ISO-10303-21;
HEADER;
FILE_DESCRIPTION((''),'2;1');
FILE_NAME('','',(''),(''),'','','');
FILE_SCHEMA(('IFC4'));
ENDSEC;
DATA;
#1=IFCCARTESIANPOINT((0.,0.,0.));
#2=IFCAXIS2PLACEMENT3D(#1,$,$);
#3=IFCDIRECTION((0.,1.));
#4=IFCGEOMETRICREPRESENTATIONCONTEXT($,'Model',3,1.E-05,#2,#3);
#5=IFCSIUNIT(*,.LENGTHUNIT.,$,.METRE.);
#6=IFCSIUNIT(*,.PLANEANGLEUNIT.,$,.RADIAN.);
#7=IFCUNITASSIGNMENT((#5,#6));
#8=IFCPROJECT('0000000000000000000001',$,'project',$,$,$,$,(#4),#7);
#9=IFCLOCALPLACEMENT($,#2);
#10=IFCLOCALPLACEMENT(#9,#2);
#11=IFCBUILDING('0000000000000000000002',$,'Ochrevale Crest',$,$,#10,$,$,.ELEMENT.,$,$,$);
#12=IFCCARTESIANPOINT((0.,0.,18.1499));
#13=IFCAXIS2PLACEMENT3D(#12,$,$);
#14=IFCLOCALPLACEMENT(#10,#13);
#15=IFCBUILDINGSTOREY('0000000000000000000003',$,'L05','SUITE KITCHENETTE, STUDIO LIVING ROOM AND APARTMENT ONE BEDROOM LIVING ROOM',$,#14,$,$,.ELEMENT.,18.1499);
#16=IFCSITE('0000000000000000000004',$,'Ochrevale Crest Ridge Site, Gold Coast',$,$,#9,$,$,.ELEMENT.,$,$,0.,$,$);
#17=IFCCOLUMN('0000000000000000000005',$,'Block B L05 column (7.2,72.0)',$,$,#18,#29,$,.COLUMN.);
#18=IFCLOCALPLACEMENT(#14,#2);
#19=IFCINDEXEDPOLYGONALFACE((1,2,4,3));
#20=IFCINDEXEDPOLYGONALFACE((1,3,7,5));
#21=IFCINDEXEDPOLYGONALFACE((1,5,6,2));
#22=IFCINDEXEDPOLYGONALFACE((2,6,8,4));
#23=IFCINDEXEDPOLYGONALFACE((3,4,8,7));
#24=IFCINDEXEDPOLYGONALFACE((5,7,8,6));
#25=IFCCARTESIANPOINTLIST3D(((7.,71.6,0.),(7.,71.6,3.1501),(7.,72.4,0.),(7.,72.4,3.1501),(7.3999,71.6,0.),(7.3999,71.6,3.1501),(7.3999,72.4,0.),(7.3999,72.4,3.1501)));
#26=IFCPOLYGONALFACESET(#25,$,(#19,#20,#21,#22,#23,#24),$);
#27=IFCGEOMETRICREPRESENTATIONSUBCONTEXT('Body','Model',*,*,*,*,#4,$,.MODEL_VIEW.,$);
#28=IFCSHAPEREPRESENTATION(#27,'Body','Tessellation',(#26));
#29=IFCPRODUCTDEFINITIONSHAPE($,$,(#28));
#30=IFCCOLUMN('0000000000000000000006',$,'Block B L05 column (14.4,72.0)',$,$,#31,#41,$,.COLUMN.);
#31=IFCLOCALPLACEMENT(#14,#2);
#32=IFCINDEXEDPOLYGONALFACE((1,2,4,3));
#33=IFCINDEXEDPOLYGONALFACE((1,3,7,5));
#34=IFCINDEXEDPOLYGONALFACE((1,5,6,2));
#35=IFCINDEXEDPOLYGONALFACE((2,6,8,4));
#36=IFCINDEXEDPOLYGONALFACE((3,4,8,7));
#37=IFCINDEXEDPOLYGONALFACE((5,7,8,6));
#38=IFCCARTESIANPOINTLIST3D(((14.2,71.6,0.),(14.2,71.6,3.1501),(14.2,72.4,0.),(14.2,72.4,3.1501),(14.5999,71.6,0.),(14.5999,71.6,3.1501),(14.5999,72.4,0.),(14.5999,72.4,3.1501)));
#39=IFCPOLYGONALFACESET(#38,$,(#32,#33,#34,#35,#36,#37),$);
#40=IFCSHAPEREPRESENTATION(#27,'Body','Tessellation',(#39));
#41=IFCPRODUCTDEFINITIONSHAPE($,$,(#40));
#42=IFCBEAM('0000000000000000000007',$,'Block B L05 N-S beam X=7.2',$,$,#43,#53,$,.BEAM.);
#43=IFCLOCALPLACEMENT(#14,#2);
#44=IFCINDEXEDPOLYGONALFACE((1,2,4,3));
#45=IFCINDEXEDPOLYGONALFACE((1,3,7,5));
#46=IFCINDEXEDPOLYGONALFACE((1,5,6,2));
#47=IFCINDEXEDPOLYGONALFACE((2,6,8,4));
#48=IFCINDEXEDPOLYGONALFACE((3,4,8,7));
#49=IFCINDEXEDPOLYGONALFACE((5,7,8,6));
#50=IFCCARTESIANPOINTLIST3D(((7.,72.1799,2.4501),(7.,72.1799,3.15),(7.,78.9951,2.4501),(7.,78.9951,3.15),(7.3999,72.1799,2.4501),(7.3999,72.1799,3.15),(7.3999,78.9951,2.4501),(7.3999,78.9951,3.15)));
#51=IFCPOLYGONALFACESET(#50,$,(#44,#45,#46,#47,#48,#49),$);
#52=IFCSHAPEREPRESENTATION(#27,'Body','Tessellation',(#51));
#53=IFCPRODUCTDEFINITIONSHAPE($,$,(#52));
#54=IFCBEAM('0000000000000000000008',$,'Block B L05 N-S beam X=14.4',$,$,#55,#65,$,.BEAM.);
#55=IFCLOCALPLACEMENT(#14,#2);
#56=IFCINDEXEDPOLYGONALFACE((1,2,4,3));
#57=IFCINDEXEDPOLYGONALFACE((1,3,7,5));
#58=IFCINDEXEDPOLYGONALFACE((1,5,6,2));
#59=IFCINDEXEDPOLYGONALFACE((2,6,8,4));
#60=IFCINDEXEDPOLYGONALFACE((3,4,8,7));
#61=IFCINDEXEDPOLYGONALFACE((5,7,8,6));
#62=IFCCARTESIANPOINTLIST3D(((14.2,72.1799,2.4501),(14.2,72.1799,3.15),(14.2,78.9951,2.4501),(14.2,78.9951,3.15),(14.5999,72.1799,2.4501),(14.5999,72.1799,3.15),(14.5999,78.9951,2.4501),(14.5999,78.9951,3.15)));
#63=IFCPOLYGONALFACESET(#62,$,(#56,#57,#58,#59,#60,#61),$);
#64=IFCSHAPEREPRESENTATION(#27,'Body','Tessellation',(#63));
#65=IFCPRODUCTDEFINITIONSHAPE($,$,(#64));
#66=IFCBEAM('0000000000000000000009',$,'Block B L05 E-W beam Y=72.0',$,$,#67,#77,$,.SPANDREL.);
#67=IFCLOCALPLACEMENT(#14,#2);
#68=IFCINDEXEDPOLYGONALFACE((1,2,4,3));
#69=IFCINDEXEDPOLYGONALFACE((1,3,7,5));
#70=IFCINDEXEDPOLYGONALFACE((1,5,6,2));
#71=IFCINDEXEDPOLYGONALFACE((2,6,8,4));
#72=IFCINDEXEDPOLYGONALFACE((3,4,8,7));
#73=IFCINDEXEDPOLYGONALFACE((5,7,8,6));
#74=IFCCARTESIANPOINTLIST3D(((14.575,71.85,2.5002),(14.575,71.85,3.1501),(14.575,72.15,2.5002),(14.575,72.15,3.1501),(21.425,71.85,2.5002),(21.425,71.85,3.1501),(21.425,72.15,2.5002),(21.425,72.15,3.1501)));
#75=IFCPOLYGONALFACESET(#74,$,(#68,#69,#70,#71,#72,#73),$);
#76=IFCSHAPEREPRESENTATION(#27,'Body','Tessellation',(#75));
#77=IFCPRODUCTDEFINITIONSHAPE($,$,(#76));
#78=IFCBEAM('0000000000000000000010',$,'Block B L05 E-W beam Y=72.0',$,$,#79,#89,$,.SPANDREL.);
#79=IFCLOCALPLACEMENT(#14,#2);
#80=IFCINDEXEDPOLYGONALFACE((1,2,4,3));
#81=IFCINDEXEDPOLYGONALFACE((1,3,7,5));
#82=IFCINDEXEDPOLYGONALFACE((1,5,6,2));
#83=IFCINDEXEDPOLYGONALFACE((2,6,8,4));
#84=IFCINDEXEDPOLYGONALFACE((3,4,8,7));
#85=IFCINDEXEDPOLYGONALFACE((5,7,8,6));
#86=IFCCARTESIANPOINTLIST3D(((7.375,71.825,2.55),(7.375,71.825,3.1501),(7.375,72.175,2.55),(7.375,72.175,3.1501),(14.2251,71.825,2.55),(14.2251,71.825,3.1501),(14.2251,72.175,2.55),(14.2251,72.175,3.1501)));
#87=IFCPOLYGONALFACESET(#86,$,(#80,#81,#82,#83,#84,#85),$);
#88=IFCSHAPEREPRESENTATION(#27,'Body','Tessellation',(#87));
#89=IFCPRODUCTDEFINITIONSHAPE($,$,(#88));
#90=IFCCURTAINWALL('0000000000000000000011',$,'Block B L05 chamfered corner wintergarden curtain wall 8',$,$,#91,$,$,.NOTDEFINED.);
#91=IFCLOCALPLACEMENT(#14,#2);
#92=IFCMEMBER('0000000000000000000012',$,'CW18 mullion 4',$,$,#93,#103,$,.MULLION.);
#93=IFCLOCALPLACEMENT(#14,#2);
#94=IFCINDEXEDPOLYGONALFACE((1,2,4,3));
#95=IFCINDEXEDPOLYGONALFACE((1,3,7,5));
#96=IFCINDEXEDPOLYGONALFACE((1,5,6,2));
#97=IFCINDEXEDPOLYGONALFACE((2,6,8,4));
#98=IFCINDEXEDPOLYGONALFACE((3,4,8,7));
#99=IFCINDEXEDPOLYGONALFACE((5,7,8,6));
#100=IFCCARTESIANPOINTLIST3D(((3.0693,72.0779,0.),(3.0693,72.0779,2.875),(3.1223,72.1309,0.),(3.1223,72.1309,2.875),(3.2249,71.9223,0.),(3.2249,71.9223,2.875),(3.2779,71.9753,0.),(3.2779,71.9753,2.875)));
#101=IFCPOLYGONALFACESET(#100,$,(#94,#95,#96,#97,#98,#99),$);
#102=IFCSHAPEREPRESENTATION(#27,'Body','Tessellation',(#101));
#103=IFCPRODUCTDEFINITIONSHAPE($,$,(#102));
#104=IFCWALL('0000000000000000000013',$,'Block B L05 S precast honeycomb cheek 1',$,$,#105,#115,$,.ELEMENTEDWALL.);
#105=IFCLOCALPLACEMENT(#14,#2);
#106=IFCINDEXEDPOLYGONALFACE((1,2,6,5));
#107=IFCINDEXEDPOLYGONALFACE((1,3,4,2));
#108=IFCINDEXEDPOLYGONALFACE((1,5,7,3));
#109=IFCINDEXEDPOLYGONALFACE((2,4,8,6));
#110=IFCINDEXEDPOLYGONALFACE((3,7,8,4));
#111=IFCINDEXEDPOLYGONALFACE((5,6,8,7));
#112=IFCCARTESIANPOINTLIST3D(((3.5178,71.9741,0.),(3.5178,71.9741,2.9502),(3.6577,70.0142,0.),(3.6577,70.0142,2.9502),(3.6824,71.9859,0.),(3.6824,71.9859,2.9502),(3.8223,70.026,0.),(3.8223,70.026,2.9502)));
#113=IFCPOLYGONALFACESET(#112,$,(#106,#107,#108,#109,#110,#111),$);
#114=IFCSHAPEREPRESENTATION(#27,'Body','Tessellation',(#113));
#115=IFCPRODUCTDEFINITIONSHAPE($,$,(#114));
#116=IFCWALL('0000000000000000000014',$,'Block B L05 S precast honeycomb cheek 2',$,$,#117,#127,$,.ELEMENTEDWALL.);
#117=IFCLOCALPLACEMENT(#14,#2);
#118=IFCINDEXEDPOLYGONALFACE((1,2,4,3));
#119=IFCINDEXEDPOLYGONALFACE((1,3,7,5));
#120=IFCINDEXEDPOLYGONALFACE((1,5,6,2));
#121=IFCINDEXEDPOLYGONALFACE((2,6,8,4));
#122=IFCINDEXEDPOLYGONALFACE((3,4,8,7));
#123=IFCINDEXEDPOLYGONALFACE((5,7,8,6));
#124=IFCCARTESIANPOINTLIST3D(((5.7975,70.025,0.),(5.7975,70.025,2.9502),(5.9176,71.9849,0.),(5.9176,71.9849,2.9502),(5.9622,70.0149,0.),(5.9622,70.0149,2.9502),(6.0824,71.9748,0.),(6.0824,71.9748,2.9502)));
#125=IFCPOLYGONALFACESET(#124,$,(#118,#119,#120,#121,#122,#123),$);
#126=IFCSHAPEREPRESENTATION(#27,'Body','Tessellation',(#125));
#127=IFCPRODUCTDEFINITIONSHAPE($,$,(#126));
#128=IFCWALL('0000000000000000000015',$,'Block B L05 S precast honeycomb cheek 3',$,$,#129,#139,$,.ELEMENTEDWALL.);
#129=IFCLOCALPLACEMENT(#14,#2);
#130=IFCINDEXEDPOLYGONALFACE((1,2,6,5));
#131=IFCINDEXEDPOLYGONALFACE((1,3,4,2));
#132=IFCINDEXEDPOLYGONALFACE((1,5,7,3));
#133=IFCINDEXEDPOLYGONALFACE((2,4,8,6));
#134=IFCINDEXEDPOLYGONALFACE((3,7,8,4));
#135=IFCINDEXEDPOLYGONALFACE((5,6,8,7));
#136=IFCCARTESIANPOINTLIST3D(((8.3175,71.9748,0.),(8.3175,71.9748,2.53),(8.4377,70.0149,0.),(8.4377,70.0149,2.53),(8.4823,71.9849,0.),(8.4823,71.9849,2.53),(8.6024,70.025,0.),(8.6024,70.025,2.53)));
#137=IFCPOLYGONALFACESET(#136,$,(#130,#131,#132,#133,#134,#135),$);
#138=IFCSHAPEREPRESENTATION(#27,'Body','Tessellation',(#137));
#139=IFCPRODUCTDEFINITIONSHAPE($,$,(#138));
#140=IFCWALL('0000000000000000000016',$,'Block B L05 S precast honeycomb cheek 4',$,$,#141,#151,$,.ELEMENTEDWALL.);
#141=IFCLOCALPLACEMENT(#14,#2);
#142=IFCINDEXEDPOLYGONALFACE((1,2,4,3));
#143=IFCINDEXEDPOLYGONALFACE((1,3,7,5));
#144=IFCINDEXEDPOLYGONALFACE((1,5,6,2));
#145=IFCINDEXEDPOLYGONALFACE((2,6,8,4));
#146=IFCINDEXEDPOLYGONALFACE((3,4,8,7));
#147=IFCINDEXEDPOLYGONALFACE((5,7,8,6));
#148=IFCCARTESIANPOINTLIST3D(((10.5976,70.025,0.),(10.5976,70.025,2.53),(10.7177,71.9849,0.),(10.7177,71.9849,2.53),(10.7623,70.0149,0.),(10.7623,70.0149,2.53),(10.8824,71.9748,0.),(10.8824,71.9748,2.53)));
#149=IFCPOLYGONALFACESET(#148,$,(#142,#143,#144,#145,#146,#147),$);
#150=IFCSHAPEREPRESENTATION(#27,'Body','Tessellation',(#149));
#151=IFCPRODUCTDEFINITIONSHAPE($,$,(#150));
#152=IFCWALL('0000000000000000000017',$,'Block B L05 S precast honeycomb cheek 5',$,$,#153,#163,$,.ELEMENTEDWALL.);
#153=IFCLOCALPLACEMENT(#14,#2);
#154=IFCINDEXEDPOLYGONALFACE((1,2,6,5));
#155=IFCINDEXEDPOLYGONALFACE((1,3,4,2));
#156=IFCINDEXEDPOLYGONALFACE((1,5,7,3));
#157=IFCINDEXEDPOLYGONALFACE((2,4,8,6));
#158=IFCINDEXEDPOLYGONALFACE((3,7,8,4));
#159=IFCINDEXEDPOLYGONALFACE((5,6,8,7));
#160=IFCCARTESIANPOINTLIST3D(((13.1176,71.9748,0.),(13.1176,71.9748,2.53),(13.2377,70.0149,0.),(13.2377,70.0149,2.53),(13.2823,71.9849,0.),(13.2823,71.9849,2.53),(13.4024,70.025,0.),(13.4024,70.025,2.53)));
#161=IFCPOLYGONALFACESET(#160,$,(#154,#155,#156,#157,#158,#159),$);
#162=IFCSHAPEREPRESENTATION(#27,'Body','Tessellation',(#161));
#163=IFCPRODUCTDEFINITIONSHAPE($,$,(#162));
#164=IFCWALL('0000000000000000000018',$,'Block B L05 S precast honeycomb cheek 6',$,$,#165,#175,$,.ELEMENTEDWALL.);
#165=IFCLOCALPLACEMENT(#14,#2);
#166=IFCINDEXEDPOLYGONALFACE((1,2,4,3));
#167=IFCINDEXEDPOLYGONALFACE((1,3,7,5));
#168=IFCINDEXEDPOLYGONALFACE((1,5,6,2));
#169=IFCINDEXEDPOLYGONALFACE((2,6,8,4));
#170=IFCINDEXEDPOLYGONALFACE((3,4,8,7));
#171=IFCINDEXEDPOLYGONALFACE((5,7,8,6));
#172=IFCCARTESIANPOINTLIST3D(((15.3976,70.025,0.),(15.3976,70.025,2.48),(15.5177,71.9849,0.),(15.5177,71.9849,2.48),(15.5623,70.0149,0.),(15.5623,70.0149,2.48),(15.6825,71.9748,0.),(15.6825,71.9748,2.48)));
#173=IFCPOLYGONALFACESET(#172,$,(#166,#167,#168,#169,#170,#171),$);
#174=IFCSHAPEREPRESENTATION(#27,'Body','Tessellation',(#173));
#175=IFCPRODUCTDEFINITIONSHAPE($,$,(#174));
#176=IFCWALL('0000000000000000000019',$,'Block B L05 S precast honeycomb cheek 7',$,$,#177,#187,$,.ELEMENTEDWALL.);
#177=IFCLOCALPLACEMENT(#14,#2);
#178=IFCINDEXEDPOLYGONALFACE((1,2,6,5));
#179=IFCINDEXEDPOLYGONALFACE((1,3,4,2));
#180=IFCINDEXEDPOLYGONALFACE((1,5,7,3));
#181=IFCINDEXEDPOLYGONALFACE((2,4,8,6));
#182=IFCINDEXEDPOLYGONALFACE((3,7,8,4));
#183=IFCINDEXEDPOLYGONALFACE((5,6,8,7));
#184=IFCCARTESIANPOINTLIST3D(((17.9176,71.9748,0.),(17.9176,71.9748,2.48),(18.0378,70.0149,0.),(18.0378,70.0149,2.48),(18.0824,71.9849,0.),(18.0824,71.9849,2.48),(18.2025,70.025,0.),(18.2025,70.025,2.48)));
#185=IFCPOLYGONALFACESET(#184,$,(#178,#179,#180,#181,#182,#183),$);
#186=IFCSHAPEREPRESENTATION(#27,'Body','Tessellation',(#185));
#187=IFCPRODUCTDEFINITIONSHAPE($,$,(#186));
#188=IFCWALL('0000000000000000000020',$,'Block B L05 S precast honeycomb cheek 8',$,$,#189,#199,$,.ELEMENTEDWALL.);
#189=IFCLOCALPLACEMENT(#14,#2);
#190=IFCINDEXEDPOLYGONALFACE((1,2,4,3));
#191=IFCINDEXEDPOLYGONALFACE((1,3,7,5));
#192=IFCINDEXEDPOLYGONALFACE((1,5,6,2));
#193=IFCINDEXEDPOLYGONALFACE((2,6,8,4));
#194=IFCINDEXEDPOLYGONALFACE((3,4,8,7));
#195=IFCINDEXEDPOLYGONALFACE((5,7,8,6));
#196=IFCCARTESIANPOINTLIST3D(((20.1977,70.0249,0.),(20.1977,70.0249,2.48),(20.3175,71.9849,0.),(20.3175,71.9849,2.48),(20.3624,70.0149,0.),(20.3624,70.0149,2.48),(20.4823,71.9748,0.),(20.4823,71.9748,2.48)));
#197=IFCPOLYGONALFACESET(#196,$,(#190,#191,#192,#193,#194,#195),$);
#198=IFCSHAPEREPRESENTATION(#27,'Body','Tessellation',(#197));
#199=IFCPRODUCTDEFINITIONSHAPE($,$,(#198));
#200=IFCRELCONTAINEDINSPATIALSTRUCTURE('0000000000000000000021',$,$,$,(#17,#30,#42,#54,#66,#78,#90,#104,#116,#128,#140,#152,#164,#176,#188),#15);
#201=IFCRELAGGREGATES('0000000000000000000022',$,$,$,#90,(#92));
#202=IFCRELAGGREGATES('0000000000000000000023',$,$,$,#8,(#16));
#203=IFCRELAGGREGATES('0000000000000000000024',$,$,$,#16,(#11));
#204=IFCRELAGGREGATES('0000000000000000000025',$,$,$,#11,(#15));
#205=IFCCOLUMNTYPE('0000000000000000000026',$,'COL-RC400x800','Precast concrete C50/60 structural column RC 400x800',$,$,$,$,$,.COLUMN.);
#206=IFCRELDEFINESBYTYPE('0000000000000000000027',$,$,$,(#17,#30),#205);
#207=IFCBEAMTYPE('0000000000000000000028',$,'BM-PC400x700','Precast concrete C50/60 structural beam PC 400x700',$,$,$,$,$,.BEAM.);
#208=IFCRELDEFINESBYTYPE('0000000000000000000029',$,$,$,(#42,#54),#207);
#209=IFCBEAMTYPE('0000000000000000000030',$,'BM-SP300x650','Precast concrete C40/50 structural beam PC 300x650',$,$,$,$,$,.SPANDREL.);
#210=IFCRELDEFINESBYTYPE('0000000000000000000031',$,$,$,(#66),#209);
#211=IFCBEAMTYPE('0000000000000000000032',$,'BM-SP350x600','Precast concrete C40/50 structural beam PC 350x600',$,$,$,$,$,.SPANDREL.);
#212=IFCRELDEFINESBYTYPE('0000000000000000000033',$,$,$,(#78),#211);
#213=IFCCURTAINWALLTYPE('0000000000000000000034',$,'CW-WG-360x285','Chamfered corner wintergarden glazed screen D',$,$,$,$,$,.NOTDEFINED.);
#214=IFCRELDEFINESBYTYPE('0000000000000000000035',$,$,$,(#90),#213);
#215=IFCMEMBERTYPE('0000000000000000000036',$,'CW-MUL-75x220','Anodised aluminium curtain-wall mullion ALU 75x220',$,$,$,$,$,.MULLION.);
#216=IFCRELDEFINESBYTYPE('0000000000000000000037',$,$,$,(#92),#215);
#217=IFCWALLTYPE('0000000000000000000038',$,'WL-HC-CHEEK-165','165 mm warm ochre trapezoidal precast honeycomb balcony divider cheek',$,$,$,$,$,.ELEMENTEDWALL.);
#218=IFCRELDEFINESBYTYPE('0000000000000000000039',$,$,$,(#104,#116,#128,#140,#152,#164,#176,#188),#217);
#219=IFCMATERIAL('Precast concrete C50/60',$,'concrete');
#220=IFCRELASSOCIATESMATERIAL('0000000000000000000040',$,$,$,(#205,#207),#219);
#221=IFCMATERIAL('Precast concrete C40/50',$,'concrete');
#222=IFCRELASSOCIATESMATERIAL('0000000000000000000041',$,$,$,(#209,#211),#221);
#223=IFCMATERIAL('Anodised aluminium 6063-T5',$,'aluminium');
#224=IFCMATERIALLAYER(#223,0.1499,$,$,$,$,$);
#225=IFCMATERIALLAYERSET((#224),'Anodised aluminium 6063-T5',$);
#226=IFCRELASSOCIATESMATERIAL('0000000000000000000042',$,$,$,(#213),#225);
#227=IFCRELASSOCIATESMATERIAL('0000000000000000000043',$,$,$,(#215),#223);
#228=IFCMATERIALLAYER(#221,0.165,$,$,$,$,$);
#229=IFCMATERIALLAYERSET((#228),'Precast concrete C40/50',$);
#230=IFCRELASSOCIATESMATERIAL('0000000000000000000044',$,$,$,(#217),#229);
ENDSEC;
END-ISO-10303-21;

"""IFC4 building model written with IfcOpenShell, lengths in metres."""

from ifc_helpers import new_model, si_unit, direction, frame, frame_2d, origin, origin_2d, place, context, subcontext, project, spatial, rectangle, extrude, material, layer, layer_set, material_profile, profile_set, type_object, element, aggregate, save


model = new_model("IFC4")

# Units and contexts
model_context = context("Model", 3, precision=1e-05, world=origin(), true_north=direction((0.0, 1.0)))
body_context = subcontext(model_context, "Body", "Model", "MODEL_VIEW")
ifc_project = project(units=[si_unit("LENGTHUNIT", "METRE"), si_unit("PLANEANGLEUNIT", "RADIAN")], contexts=[model_context])

# Site, building, storey
site_placement = place(None, origin())
site = spatial("IfcSite", under=ifc_project, at=site_placement, Name="Ochrevale Crest Ridge Site, Gold Coast", CompositionType="ELEMENT", RefElevation=0.0)
building_placement = place(site_placement, origin())
building = spatial("IfcBuilding", under=site, at=building_placement, Name="Ochrevale Crest", CompositionType="ELEMENT")
storey_placement = place(building_placement, frame((0.0, 0.0, 18.1499)))
storey = spatial("IfcBuildingStorey", under=building, at=storey_placement, Name="L05", Description="SUITE KITCHENETTE, STUDIO LIVING ROOM AND APARTMENT ONE BEDROOM LIVING ROOM", CompositionType="ELEMENT", Elevation=18.1499)

# Columns
ifc_material_1 = material(Name="Precast concrete C50/60", Category="concrete")
ifc_material_profile_1 = material_profile(ifc_material_1, rectangle(XDim=0.3999, YDim=0.8, at=origin_2d()), Name="RC 400x800")
ifc_profile_set_1 = profile_set([ifc_material_profile_1], Name="Precast concrete C50/60")
column_type = type_object("IfcColumnType", Name="COL-RC400x800", Description="Precast concrete C50/60 structural column RC 400x800", PredefinedType="COLUMN", material=ifc_profile_set_1)
for number, where, z_axis, x_axis, name in (
    (1, (7.2, 72.0, 0.0), (0.0, 0.0, 1.0), (1.0, 0.0, 0.0), "Block B L05 column (7.2,72.0)"),
    (2, (14.3999, 72.0, 0.0), (0.0, 0.0, 1.0), (1.0, 0.0, 0.0), "Block B L05 column (14.4,72.0)"),
):
    element("IfcColumn", number, at=place(storey_placement, frame(where, z_axis=z_axis, x_axis=x_axis)), inside=storey, type_object=column_type, Name=name, PredefinedType="COLUMN", context=body_context, shape_type="SweptSolid", body=[
        extrude(rectangle(XDim=0.3999, YDim=0.8, at=origin_2d()), origin(), (0.0, 0.0, 1.0), 3.1501),
    ])

# Beams
ifc_material_profile_2 = material_profile(ifc_material_1, rectangle(XDim=0.3999, YDim=0.7, at=origin_2d()), Name="PC 400x700")
ifc_profile_set_2 = profile_set([ifc_material_profile_2], Name="Precast concrete C50/60")
beam_type_1 = type_object("IfcBeamType", Name="BM-PC400x700", Description="Precast concrete C50/60 structural beam PC 400x700", PredefinedType="BEAM", material=ifc_profile_set_2)
for number, where, z_axis, x_axis, name in (
    (3, (7.2, 72.1799, 2.8), (0.0, 1.0, 0.0), (-1.0, 0.0, 0.0), "Block B L05 N-S beam X=7.2"),
    (4, (14.3999, 72.1799, 2.8), (0.0, 1.0, 0.0), (-1.0, 0.0, 0.0), "Block B L05 N-S beam X=14.4"),
):
    element("IfcBeam", number, at=place(storey_placement, frame(where, z_axis=z_axis, x_axis=x_axis)), inside=storey, type_object=beam_type_1, Name=name, PredefinedType="BEAM", context=body_context, shape_type="SweptSolid", body=[
        extrude(rectangle(XDim=0.3999, YDim=0.7, at=origin_2d()), origin(), (0.0, 0.0, 1.0), 6.8152),
    ])
ifc_material_2 = material(Name="Precast concrete C40/50", Category="concrete")
ifc_material_profile_3 = material_profile(ifc_material_2, rectangle(XDim=0.3, YDim=0.6499, at=origin_2d()), Name="PC 300x650")
ifc_profile_set_3 = profile_set([ifc_material_profile_3], Name="Precast concrete C40/50")
beam_type_2 = type_object("IfcBeamType", Name="BM-SP300x650", Description="Precast concrete C40/50 structural beam PC 300x650", PredefinedType="SPANDREL", material=ifc_profile_set_3)
beam_1_placement = place(storey_placement, frame((14.575, 72.0, 2.8252), z_axis=(1.0, 0.0, 0.0), x_axis=(0.0, 1.0, 0.0)))
element("IfcBeam", 5, at=beam_1_placement, inside=storey, type_object=beam_type_2, Name="Block B L05 E-W beam Y=72.0", PredefinedType="SPANDREL", context=body_context, shape_type="SweptSolid", body=[
    extrude(rectangle(XDim=0.3, YDim=0.6499, at=origin_2d()), origin(), (0.0, 0.0, 1.0), 6.8501),
])
ifc_material_profile_4 = material_profile(ifc_material_2, rectangle(XDim=0.3501, YDim=0.6001, at=origin_2d()), Name="PC 350x600")
ifc_profile_set_4 = profile_set([ifc_material_profile_4], Name="Precast concrete C40/50")
beam_type_3 = type_object("IfcBeamType", Name="BM-SP350x600", Description="Precast concrete C40/50 structural beam PC 350x600", PredefinedType="SPANDREL", material=ifc_profile_set_4)
beam_2_placement = place(storey_placement, frame((7.375, 72.0, 2.8501), z_axis=(1.0, 0.0, 0.0), x_axis=(0.0, 1.0, 0.0)))
element("IfcBeam", 6, at=beam_2_placement, inside=storey, type_object=beam_type_3, Name="Block B L05 E-W beam Y=72.0", PredefinedType="SPANDREL", context=body_context, shape_type="SweptSolid", body=[
    extrude(rectangle(XDim=0.3501, YDim=0.6001, at=origin_2d()), origin(), (0.0, 0.0, 1.0), 6.8501),
])

# Curtain wall, member
ifc_material_3 = material(Name="Anodised aluminium 6063-T5", Category="aluminium")
ifc_layer_1 = layer(ifc_material_3, 0.1499)
ifc_layer_set_1 = layer_set([ifc_layer_1], Name="Anodised aluminium 6063-T5")
curtain_wall_type = type_object("IfcCurtainWallType", Name="CW-WG-360x285", Description="Chamfered corner wintergarden glazed screen D", PredefinedType="NOTDEFINED", material=ifc_layer_set_1)
curtain_wall_placement = place(storey_placement, origin())
curtain_wall = element("IfcCurtainWall", 7, at=curtain_wall_placement, inside=storey, type_object=curtain_wall_type, Name="Block B L05 chamfered corner wintergarden curtain wall 8", PredefinedType="NOTDEFINED")
ifc_material_profile_5 = material_profile(ifc_material_3, rectangle(XDim=0.075, YDim=0.22, at=origin_2d()), Name="ALU 75x220")
ifc_profile_set_5 = profile_set([ifc_material_profile_5], Name="Anodised aluminium 6063-T5")
member_type = type_object("IfcMemberType", Name="CW-MUL-75x220", Description="Anodised aluminium curtain-wall mullion ALU 75x220", PredefinedType="MULLION", material=ifc_profile_set_5)
member_placement = place(storey_placement, frame((3.1736, 72.0266, 0.0), z_axis=(0.0, 0.0, 1.0), x_axis=(0.707107, 0.707107, 0.0)))
member = element("IfcMember", 8, at=member_placement, type_object=member_type, Name="CW18 mullion 4", PredefinedType="MULLION", context=body_context, shape_type="SweptSolid", body=[
    extrude(rectangle(XDim=0.075, YDim=0.22, at=origin_2d()), origin(), (0.0, 0.0, 1.0), 2.875),
])
aggregate(curtain_wall, [member])

# Walls
ifc_layer_2 = layer(ifc_material_2, 0.165)
ifc_layer_set_2 = layer_set([ifc_layer_2], Name="Precast concrete C40/50")
wall_type_1 = type_object("IfcWallType", Name="WL-HC-CHEEK-165", Description="165 mm warm ochre trapezoidal precast honeycomb balcony divider cheek", PredefinedType="ELEMENTEDWALL", material=ifc_layer_set_2)
wall_1_placement = place(storey_placement, frame((3.6001, 71.98, 0.0), z_axis=(0.0, 0.0, 1.0), x_axis=(0.071194, -0.997462, 0.0)))
element("IfcWall", 9, at=wall_1_placement, inside=storey, type_object=wall_type_1, Name="Block B L05 S precast honeycomb cheek 1", PredefinedType="ELEMENTEDWALL", context=body_context, shape_type="SweptSolid", body=[
    extrude(rectangle(XDim=1.9648, YDim=0.165, at=frame_2d((0.9824, 0.0))), origin(), (0.0, 0.0, 1.0), 2.9502),
])
wall_2_placement = place(storey_placement, frame((6.0, 71.98, 0.0), z_axis=(0.0, 0.0, 1.0), x_axis=(-0.061171, -0.998127, 0.0)))
element("IfcWall", 10, at=wall_2_placement, inside=storey, type_object=wall_type_1, Name="Block B L05 S precast honeycomb cheek 2", PredefinedType="ELEMENTEDWALL", context=body_context, shape_type="SweptSolid", body=[
    extrude(rectangle(XDim=1.9636, YDim=0.165, at=frame_2d((0.9819, 0.0))), origin(), (0.0, 0.0, 1.0), 2.9502),
])
for number, where, z_axis, x_axis, name in (
    (11, (8.3999, 71.98, 0.0), (0.0, 0.0, 1.0), (0.061171, -0.998127, 0.0), "Block B L05 S precast honeycomb cheek 3"),
    (12, (10.8, 71.98, 0.0), (0.0, 0.0, 1.0), (-0.061171, -0.998127, 0.0), "Block B L05 S precast honeycomb cheek 4"),
    (13, (13.2, 71.98, 0.0), (0.0, 0.0, 1.0), (0.061171, -0.998127, 0.0), "Block B L05 S precast honeycomb cheek 5"),
):
    element("IfcWall", number, at=place(storey_placement, frame(where, z_axis=z_axis, x_axis=x_axis)), inside=storey, type_object=wall_type_1, Name=name, PredefinedType="ELEMENTEDWALL", context=body_context, shape_type="SweptSolid", body=[
        extrude(rectangle(XDim=1.9636, YDim=0.165, at=frame_2d((0.9819, 0.0))), origin(), (0.0, 0.0, 1.0), 2.53),
    ])
for number, where, z_axis, x_axis, name in (
    (14, (15.6001, 71.98, 0.0), (0.0, 0.0, 1.0), (-0.061171, -0.998127, 0.0), "Block B L05 S precast honeycomb cheek 6"),
    (15, (18.0, 71.98, 0.0), (0.0, 0.0, 1.0), (0.061171, -0.998127, 0.0), "Block B L05 S precast honeycomb cheek 7"),
    (16, (20.3999, 71.98, 0.0), (0.0, 0.0, 1.0), (-0.061047, -0.998135, 0.0), "Block B L05 S precast honeycomb cheek 8"),
):
    element("IfcWall", number, at=place(storey_placement, frame(where, z_axis=z_axis, x_axis=x_axis)), inside=storey, type_object=wall_type_1, Name=name, PredefinedType="ELEMENTEDWALL", context=body_context, shape_type="SweptSolid", body=[
        extrude(rectangle(XDim=1.9636, YDim=0.165, at=frame_2d((0.9819, 0.0))), origin(), (0.0, 0.0, 1.0), 2.48),
    ])

save(model, "model.ifc")
